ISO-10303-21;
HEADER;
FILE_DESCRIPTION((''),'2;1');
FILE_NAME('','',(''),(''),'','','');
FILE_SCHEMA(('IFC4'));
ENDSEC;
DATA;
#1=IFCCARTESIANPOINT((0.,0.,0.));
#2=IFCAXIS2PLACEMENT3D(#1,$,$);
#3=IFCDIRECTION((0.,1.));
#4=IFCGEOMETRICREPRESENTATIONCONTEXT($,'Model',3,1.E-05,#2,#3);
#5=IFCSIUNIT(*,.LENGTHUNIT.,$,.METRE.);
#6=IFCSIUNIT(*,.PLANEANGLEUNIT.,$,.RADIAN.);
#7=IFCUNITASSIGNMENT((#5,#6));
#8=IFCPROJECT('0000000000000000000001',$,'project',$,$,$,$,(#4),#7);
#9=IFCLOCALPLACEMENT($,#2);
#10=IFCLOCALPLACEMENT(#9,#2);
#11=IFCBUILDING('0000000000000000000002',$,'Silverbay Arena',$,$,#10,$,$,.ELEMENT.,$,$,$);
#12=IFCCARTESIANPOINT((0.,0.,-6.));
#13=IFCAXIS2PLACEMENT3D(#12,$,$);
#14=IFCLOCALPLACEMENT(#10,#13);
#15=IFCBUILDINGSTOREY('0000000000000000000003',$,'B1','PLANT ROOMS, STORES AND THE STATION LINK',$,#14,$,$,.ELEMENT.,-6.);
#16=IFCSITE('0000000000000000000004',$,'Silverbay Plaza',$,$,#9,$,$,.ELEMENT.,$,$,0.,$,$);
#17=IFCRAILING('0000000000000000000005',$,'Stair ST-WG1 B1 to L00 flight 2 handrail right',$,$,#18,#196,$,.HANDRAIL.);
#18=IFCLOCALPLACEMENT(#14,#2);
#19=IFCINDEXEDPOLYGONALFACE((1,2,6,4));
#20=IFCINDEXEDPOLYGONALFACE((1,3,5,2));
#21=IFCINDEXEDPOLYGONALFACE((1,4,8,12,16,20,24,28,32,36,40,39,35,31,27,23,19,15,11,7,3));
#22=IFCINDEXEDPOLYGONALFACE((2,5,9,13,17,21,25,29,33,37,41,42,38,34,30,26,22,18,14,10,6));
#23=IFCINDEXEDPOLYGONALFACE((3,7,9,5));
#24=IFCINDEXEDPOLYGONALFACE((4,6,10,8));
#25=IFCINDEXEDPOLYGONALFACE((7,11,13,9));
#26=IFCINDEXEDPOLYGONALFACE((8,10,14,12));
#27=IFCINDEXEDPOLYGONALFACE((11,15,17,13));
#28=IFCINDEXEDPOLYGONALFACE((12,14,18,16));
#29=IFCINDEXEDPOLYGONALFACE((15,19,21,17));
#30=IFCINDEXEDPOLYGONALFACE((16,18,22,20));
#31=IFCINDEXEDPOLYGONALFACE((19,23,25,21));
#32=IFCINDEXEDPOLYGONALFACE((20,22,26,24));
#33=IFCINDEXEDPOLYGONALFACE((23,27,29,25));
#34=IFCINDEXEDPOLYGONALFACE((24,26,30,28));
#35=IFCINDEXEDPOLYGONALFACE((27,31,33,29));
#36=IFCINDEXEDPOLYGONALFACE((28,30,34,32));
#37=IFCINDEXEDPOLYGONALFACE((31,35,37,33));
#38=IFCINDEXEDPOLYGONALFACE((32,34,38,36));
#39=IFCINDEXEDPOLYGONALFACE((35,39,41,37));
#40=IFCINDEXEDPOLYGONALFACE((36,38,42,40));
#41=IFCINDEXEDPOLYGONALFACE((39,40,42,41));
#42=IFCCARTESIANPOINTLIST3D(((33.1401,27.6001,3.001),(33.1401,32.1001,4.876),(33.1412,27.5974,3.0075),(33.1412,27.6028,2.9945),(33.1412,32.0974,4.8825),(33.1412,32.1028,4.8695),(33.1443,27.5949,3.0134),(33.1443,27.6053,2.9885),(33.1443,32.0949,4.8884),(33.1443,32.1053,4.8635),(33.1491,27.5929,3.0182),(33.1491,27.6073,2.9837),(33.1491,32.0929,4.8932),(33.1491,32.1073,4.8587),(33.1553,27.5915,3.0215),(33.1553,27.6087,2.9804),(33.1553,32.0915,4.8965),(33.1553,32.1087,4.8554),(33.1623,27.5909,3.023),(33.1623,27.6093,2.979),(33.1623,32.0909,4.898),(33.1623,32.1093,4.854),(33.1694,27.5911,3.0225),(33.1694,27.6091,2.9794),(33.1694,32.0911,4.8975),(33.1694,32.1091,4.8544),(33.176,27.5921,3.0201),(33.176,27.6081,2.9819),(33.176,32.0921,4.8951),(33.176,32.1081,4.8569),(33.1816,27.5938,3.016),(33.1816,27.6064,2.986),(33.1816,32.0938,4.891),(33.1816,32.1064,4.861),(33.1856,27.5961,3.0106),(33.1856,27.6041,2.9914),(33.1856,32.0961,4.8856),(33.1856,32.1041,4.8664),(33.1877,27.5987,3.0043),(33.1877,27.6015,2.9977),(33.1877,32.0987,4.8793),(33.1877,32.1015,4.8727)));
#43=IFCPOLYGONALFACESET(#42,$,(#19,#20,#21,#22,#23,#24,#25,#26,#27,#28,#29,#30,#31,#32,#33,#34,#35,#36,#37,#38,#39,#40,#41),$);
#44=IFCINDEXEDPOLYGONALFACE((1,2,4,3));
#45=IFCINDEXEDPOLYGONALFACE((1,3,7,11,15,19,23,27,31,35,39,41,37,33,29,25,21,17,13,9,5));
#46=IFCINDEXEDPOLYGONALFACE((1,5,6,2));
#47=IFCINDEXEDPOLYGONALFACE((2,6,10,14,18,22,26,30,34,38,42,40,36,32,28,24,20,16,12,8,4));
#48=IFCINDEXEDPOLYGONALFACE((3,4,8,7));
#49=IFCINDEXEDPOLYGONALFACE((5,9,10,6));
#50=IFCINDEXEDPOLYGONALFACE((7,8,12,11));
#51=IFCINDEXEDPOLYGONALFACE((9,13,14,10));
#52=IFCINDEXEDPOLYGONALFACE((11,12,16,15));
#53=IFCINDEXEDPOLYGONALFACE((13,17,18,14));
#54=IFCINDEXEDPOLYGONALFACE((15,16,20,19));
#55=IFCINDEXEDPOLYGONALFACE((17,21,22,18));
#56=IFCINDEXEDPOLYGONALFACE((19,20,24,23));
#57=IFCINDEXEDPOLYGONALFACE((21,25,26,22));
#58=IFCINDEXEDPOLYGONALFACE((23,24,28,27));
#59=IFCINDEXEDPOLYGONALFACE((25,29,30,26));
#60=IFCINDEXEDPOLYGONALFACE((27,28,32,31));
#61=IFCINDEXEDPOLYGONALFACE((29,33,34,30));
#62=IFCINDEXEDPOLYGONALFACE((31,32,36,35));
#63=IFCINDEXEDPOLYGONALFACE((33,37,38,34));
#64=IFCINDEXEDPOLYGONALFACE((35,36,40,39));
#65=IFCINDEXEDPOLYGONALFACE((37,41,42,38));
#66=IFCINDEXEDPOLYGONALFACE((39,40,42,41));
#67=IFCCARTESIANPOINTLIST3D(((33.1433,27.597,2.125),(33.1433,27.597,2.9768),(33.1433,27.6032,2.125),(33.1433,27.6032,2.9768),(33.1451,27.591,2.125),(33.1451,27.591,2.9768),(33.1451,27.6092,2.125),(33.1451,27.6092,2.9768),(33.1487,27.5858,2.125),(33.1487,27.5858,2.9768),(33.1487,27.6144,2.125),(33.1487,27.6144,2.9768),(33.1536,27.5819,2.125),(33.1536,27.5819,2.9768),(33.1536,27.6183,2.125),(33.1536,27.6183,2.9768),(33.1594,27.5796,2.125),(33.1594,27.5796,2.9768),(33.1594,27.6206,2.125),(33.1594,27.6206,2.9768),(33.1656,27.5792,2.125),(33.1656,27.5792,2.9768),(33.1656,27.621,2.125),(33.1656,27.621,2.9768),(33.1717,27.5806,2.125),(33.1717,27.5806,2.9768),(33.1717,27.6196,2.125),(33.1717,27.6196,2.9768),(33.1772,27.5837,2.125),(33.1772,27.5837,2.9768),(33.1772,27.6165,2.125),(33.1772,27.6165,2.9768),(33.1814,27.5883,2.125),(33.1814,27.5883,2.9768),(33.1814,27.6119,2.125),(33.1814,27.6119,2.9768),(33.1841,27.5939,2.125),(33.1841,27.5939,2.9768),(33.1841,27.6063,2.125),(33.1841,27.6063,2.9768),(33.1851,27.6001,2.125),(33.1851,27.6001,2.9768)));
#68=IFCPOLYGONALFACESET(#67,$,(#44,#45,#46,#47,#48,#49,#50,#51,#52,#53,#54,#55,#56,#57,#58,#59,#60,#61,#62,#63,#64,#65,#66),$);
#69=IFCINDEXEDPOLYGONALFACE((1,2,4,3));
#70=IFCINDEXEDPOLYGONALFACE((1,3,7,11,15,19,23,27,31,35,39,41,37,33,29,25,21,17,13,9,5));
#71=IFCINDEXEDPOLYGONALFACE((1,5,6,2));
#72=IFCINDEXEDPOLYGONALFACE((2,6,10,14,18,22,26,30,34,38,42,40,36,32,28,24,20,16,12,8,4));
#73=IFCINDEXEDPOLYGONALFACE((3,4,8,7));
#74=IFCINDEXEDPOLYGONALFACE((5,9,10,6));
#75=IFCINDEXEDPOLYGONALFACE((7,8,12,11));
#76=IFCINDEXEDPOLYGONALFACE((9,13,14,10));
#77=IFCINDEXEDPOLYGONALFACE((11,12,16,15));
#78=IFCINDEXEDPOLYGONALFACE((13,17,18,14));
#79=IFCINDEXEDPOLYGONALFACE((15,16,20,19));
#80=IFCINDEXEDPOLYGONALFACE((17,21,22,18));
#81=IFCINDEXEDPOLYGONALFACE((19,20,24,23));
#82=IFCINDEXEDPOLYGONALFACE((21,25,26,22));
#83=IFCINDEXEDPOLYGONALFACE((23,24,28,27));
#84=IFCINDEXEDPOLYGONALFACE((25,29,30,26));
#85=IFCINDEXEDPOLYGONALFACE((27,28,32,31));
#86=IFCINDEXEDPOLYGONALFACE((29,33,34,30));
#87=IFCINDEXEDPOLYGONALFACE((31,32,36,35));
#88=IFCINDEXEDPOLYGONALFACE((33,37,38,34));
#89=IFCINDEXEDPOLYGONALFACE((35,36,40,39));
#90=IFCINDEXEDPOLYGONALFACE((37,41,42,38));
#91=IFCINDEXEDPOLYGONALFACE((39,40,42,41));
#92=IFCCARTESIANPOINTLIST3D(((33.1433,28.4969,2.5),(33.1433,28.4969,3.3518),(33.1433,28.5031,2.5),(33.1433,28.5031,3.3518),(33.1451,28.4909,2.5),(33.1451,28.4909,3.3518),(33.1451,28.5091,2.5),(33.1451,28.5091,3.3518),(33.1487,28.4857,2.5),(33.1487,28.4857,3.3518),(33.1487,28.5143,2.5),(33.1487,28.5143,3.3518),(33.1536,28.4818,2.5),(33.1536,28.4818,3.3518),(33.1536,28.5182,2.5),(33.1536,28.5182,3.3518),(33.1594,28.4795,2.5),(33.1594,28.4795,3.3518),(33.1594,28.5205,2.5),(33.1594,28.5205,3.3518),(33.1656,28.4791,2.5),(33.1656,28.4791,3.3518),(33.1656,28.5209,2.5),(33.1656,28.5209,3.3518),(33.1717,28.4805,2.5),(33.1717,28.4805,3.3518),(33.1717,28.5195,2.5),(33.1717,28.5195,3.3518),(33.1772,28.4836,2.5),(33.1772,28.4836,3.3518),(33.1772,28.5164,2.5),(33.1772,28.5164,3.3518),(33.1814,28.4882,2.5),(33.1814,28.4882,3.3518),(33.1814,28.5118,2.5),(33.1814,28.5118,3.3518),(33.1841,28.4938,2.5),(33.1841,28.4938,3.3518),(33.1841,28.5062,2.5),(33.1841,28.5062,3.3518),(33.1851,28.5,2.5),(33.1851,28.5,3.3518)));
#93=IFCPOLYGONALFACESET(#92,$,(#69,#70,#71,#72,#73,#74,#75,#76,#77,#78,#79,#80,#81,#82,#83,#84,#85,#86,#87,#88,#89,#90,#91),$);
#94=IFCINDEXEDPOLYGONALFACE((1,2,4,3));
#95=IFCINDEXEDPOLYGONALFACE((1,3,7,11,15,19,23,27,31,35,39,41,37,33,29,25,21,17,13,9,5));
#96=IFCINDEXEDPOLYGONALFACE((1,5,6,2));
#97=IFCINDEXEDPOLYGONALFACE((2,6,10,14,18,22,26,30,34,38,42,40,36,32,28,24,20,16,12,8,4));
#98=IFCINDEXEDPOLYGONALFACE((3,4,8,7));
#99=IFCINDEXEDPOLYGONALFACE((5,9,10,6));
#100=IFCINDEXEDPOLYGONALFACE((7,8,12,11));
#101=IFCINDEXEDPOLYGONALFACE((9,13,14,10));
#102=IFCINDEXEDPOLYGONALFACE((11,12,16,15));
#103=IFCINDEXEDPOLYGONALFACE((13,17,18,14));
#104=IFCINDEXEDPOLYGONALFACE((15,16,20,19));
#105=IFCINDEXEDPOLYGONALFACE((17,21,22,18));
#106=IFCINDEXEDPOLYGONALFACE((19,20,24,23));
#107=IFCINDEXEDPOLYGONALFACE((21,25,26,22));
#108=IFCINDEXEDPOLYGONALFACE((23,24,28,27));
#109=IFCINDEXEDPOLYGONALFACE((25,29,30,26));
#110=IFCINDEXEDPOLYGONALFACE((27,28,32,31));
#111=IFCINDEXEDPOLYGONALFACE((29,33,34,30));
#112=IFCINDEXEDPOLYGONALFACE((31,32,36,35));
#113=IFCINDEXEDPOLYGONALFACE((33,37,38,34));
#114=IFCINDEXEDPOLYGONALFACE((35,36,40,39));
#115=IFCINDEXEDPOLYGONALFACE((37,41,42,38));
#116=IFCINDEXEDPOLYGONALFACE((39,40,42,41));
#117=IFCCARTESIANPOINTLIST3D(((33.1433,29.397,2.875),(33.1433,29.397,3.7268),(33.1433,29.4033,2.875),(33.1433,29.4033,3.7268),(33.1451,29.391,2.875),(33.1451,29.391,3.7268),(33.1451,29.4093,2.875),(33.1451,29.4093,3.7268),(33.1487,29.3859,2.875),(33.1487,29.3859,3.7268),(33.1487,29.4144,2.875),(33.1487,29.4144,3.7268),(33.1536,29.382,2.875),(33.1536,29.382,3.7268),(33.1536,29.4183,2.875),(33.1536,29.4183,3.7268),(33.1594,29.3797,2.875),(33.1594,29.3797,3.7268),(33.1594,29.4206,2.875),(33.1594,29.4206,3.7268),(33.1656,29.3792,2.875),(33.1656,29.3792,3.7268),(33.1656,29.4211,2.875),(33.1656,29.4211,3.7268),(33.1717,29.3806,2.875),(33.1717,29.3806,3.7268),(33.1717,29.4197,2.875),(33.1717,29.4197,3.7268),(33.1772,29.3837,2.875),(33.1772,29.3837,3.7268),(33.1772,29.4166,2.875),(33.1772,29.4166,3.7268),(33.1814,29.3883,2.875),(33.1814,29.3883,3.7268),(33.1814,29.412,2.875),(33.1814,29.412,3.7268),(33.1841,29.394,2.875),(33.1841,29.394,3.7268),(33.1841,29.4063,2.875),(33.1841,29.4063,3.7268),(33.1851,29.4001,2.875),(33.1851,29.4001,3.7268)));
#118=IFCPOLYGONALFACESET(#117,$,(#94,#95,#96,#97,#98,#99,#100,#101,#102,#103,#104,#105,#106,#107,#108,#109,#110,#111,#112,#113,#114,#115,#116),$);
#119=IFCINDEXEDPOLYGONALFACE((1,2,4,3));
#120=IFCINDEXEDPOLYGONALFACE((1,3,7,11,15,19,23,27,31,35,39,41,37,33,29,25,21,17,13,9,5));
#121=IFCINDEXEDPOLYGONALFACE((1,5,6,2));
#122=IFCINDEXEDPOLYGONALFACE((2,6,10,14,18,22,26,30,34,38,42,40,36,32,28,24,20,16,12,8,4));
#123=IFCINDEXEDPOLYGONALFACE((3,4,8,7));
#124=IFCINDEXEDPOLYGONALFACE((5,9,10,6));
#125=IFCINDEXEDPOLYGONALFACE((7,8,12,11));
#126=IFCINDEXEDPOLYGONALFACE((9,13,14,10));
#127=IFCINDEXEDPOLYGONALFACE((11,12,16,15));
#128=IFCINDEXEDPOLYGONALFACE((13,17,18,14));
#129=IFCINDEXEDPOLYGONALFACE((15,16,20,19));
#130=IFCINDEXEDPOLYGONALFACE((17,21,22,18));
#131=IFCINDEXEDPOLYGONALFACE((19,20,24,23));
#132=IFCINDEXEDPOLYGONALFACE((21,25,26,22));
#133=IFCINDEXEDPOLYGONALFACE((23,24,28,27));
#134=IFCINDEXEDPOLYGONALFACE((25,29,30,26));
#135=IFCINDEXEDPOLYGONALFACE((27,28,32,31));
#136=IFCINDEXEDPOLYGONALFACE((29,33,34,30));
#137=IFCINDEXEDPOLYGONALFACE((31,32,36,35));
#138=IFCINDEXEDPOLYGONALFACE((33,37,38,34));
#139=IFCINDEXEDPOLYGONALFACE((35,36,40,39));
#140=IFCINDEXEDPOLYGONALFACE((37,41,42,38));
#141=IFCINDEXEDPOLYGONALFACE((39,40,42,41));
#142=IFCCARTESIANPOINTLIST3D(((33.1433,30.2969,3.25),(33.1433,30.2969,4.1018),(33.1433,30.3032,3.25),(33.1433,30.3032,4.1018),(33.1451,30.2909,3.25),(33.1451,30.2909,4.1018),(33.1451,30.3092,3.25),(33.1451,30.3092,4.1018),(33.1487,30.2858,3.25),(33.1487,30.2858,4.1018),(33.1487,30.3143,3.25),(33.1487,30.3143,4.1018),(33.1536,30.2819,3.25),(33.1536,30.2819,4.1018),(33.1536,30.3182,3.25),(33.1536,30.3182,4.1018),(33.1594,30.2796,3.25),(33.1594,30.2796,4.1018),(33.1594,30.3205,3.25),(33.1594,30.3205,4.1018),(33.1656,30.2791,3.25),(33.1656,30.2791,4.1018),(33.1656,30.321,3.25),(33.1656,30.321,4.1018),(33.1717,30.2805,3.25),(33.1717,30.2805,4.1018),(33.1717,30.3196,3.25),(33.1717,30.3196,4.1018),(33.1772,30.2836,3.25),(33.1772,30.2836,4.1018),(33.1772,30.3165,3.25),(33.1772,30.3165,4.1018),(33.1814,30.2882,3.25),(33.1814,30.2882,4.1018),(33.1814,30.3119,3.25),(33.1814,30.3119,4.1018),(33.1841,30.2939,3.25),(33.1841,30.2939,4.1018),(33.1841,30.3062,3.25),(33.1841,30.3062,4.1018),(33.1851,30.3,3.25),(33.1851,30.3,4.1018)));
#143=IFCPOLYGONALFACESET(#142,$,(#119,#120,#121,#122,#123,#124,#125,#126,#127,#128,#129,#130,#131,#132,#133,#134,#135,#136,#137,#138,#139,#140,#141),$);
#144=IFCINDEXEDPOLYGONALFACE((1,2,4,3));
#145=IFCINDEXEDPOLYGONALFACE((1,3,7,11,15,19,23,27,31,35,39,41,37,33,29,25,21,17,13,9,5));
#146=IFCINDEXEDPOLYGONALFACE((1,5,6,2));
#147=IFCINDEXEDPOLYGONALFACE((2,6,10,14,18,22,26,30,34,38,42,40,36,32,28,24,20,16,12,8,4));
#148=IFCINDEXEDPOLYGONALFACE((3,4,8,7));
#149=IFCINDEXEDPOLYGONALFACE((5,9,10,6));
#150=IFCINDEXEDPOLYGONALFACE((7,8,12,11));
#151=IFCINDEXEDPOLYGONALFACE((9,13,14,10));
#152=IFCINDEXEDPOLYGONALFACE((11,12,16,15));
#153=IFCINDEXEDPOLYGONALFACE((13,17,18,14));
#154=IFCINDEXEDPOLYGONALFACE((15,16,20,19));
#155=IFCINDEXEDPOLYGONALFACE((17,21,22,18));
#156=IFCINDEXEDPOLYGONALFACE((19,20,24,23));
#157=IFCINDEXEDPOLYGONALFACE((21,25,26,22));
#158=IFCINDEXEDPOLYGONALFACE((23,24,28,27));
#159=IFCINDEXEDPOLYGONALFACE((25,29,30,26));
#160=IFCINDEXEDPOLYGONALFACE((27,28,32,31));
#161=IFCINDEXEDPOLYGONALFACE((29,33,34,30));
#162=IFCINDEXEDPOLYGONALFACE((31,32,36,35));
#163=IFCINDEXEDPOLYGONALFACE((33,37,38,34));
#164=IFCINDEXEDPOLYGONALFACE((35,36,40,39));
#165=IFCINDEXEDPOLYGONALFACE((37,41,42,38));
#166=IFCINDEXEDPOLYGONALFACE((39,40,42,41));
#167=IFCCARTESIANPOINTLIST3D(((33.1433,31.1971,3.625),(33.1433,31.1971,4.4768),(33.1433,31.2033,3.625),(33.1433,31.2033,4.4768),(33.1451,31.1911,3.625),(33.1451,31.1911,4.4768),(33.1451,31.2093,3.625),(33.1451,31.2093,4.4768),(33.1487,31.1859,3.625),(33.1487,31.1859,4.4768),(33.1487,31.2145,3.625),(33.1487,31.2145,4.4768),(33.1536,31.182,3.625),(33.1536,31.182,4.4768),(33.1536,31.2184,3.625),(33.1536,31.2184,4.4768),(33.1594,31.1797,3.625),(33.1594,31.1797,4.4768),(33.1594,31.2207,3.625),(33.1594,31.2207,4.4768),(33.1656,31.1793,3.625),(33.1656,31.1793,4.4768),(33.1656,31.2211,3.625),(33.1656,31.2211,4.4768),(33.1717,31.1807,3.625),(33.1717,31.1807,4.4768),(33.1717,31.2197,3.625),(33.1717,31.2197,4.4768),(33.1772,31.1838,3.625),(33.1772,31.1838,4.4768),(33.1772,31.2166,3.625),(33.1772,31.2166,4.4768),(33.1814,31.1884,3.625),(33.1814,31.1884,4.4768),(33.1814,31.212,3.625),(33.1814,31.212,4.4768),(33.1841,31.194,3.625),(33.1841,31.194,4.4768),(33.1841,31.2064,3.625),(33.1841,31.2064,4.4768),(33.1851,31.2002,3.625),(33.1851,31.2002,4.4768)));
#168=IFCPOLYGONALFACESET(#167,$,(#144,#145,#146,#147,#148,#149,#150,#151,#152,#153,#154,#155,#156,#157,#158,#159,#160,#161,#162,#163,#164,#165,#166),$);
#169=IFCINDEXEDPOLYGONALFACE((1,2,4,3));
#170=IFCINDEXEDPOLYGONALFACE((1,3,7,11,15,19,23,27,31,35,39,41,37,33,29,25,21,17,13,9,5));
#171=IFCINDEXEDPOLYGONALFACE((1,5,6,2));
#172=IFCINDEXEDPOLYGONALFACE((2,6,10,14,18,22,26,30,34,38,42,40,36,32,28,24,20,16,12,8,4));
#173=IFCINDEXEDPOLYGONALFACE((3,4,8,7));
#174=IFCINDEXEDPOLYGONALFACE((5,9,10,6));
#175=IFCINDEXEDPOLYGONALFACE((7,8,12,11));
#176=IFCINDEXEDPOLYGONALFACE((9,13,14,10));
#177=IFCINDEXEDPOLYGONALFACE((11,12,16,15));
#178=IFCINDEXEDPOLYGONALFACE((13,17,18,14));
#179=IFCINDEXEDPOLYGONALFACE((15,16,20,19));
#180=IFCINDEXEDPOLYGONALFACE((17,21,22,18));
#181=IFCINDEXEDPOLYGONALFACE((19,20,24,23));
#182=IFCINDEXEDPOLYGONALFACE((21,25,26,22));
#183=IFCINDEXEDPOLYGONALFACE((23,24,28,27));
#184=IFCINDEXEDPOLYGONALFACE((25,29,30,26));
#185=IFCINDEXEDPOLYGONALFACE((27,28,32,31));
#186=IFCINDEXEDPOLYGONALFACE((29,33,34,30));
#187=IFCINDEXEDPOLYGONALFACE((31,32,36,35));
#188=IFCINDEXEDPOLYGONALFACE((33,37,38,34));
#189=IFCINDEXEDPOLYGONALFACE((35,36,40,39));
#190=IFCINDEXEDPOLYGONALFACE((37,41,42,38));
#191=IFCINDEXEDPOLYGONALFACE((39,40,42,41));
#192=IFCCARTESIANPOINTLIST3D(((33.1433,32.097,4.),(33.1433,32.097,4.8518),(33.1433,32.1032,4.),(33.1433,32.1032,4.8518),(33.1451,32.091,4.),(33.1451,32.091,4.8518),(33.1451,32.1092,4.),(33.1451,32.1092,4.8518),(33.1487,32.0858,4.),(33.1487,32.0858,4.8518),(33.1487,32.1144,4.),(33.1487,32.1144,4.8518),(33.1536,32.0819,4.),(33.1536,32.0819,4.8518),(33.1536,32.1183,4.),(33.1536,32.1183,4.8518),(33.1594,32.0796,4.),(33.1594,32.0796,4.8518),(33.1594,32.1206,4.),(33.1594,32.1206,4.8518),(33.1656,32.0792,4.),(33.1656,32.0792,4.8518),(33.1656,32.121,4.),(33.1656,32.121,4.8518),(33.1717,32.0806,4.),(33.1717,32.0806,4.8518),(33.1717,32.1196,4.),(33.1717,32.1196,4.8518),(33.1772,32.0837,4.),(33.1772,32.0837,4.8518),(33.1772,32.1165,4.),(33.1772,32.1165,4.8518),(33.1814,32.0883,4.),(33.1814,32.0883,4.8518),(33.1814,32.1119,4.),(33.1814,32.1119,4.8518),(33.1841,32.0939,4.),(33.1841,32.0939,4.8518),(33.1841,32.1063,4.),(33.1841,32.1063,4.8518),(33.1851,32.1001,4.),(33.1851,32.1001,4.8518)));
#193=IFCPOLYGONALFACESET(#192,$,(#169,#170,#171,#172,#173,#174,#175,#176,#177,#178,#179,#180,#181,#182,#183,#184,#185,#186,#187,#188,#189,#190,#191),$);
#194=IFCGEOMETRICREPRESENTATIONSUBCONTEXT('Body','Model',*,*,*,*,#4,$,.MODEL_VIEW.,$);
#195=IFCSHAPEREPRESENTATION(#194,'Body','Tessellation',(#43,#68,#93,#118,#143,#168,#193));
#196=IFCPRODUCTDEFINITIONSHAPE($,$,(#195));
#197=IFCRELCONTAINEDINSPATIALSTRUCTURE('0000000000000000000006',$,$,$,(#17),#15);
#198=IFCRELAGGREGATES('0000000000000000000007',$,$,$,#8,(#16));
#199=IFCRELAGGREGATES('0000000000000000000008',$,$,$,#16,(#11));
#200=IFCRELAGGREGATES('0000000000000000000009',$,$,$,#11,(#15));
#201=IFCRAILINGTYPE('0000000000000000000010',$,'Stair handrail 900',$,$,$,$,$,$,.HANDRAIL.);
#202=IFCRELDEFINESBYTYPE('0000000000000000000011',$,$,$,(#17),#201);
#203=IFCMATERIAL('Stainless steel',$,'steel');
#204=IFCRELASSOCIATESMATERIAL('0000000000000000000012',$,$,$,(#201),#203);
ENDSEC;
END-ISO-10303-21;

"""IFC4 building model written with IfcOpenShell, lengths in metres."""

from ifc_helpers import new_model, si_unit, direction, frame, origin, origin_2d, place, context, subcontext, project, spatial, circle, extrude, material, type_object, element, save


model = new_model("IFC4")

# Units and contexts
model_context = context("Model", 3, precision=1e-05, world=origin(), true_north=direction((0.0, 1.0)))
body_context = subcontext(model_context, "Body", "Model", "MODEL_VIEW")
ifc_project = project(units=[si_unit("LENGTHUNIT", "METRE"), si_unit("PLANEANGLEUNIT", "RADIAN")], contexts=[model_context])

# Site, building, storey
site_placement = place(None, origin())
site = spatial("IfcSite", under=ifc_project, at=site_placement, Name="Silverbay Plaza", CompositionType="ELEMENT", RefElevation=0.0)
building_placement = place(site_placement, origin())
building = spatial("IfcBuilding", under=site, at=building_placement, Name="Silverbay Arena", CompositionType="ELEMENT")
storey_placement = place(building_placement, frame((0.0, 0.0, -6.0)))
storey = spatial("IfcBuildingStorey", under=building, at=storey_placement, Name="B1", Description="PLANT ROOMS, STORES AND THE STATION LINK", CompositionType="ELEMENT", Elevation=-6.0)

# Railing
ifc_material_1 = material(Name="Stainless steel", Category="steel")
railing_type_1 = type_object("IfcRailingType", Name="Stair handrail 900", PredefinedType="HANDRAIL", material=ifc_material_1)
railing_1_placement = place(storey_placement, frame((33.1641, 27.6001, 2.125)))
element("IfcRailing", 1, at=railing_1_placement, inside=storey, type_object=railing_type_1, Name="Stair ST-WG1 B1 to L00 flight 2 handrail right", PredefinedType="HANDRAIL", context=body_context, shape_type="SweptSolid", body=[
    extrude(circle(Radius=0.0239, at=origin_2d()), frame((0.0, 0.0, 0.876), z_axis=(0.0, 0.923077, 0.384615), x_axis=(-1.0, 0.0, 0.0)), (0.0, 0.0, 1.0), 4.875),
    extrude(circle(Radius=0.021, at=origin_2d()), origin(), (0.0, 0.0, 1.0), 0.8518),
    extrude(circle(Radius=0.021, at=origin_2d()), frame((0.0, 0.8999, 0.375)), (0.0, 0.0, 1.0), 0.8518),
    extrude(circle(Radius=0.021, at=origin_2d()), frame((0.0, 1.8, 0.75)), (0.0, 0.0, 1.0), 0.8518),
    extrude(circle(Radius=0.021, at=origin_2d()), frame((0.0, 2.7, 1.125)), (0.0, 0.0, 1.0), 0.8518),
    extrude(circle(Radius=0.021, at=origin_2d()), frame((0.0, 3.6001, 1.5)), (0.0, 0.0, 1.0), 0.8518),
    extrude(circle(Radius=0.021, at=origin_2d()), frame((0.0, 4.5, 1.875)), (0.0, 0.0, 1.0), 0.8518),
])

save(model, "model.ifc")
